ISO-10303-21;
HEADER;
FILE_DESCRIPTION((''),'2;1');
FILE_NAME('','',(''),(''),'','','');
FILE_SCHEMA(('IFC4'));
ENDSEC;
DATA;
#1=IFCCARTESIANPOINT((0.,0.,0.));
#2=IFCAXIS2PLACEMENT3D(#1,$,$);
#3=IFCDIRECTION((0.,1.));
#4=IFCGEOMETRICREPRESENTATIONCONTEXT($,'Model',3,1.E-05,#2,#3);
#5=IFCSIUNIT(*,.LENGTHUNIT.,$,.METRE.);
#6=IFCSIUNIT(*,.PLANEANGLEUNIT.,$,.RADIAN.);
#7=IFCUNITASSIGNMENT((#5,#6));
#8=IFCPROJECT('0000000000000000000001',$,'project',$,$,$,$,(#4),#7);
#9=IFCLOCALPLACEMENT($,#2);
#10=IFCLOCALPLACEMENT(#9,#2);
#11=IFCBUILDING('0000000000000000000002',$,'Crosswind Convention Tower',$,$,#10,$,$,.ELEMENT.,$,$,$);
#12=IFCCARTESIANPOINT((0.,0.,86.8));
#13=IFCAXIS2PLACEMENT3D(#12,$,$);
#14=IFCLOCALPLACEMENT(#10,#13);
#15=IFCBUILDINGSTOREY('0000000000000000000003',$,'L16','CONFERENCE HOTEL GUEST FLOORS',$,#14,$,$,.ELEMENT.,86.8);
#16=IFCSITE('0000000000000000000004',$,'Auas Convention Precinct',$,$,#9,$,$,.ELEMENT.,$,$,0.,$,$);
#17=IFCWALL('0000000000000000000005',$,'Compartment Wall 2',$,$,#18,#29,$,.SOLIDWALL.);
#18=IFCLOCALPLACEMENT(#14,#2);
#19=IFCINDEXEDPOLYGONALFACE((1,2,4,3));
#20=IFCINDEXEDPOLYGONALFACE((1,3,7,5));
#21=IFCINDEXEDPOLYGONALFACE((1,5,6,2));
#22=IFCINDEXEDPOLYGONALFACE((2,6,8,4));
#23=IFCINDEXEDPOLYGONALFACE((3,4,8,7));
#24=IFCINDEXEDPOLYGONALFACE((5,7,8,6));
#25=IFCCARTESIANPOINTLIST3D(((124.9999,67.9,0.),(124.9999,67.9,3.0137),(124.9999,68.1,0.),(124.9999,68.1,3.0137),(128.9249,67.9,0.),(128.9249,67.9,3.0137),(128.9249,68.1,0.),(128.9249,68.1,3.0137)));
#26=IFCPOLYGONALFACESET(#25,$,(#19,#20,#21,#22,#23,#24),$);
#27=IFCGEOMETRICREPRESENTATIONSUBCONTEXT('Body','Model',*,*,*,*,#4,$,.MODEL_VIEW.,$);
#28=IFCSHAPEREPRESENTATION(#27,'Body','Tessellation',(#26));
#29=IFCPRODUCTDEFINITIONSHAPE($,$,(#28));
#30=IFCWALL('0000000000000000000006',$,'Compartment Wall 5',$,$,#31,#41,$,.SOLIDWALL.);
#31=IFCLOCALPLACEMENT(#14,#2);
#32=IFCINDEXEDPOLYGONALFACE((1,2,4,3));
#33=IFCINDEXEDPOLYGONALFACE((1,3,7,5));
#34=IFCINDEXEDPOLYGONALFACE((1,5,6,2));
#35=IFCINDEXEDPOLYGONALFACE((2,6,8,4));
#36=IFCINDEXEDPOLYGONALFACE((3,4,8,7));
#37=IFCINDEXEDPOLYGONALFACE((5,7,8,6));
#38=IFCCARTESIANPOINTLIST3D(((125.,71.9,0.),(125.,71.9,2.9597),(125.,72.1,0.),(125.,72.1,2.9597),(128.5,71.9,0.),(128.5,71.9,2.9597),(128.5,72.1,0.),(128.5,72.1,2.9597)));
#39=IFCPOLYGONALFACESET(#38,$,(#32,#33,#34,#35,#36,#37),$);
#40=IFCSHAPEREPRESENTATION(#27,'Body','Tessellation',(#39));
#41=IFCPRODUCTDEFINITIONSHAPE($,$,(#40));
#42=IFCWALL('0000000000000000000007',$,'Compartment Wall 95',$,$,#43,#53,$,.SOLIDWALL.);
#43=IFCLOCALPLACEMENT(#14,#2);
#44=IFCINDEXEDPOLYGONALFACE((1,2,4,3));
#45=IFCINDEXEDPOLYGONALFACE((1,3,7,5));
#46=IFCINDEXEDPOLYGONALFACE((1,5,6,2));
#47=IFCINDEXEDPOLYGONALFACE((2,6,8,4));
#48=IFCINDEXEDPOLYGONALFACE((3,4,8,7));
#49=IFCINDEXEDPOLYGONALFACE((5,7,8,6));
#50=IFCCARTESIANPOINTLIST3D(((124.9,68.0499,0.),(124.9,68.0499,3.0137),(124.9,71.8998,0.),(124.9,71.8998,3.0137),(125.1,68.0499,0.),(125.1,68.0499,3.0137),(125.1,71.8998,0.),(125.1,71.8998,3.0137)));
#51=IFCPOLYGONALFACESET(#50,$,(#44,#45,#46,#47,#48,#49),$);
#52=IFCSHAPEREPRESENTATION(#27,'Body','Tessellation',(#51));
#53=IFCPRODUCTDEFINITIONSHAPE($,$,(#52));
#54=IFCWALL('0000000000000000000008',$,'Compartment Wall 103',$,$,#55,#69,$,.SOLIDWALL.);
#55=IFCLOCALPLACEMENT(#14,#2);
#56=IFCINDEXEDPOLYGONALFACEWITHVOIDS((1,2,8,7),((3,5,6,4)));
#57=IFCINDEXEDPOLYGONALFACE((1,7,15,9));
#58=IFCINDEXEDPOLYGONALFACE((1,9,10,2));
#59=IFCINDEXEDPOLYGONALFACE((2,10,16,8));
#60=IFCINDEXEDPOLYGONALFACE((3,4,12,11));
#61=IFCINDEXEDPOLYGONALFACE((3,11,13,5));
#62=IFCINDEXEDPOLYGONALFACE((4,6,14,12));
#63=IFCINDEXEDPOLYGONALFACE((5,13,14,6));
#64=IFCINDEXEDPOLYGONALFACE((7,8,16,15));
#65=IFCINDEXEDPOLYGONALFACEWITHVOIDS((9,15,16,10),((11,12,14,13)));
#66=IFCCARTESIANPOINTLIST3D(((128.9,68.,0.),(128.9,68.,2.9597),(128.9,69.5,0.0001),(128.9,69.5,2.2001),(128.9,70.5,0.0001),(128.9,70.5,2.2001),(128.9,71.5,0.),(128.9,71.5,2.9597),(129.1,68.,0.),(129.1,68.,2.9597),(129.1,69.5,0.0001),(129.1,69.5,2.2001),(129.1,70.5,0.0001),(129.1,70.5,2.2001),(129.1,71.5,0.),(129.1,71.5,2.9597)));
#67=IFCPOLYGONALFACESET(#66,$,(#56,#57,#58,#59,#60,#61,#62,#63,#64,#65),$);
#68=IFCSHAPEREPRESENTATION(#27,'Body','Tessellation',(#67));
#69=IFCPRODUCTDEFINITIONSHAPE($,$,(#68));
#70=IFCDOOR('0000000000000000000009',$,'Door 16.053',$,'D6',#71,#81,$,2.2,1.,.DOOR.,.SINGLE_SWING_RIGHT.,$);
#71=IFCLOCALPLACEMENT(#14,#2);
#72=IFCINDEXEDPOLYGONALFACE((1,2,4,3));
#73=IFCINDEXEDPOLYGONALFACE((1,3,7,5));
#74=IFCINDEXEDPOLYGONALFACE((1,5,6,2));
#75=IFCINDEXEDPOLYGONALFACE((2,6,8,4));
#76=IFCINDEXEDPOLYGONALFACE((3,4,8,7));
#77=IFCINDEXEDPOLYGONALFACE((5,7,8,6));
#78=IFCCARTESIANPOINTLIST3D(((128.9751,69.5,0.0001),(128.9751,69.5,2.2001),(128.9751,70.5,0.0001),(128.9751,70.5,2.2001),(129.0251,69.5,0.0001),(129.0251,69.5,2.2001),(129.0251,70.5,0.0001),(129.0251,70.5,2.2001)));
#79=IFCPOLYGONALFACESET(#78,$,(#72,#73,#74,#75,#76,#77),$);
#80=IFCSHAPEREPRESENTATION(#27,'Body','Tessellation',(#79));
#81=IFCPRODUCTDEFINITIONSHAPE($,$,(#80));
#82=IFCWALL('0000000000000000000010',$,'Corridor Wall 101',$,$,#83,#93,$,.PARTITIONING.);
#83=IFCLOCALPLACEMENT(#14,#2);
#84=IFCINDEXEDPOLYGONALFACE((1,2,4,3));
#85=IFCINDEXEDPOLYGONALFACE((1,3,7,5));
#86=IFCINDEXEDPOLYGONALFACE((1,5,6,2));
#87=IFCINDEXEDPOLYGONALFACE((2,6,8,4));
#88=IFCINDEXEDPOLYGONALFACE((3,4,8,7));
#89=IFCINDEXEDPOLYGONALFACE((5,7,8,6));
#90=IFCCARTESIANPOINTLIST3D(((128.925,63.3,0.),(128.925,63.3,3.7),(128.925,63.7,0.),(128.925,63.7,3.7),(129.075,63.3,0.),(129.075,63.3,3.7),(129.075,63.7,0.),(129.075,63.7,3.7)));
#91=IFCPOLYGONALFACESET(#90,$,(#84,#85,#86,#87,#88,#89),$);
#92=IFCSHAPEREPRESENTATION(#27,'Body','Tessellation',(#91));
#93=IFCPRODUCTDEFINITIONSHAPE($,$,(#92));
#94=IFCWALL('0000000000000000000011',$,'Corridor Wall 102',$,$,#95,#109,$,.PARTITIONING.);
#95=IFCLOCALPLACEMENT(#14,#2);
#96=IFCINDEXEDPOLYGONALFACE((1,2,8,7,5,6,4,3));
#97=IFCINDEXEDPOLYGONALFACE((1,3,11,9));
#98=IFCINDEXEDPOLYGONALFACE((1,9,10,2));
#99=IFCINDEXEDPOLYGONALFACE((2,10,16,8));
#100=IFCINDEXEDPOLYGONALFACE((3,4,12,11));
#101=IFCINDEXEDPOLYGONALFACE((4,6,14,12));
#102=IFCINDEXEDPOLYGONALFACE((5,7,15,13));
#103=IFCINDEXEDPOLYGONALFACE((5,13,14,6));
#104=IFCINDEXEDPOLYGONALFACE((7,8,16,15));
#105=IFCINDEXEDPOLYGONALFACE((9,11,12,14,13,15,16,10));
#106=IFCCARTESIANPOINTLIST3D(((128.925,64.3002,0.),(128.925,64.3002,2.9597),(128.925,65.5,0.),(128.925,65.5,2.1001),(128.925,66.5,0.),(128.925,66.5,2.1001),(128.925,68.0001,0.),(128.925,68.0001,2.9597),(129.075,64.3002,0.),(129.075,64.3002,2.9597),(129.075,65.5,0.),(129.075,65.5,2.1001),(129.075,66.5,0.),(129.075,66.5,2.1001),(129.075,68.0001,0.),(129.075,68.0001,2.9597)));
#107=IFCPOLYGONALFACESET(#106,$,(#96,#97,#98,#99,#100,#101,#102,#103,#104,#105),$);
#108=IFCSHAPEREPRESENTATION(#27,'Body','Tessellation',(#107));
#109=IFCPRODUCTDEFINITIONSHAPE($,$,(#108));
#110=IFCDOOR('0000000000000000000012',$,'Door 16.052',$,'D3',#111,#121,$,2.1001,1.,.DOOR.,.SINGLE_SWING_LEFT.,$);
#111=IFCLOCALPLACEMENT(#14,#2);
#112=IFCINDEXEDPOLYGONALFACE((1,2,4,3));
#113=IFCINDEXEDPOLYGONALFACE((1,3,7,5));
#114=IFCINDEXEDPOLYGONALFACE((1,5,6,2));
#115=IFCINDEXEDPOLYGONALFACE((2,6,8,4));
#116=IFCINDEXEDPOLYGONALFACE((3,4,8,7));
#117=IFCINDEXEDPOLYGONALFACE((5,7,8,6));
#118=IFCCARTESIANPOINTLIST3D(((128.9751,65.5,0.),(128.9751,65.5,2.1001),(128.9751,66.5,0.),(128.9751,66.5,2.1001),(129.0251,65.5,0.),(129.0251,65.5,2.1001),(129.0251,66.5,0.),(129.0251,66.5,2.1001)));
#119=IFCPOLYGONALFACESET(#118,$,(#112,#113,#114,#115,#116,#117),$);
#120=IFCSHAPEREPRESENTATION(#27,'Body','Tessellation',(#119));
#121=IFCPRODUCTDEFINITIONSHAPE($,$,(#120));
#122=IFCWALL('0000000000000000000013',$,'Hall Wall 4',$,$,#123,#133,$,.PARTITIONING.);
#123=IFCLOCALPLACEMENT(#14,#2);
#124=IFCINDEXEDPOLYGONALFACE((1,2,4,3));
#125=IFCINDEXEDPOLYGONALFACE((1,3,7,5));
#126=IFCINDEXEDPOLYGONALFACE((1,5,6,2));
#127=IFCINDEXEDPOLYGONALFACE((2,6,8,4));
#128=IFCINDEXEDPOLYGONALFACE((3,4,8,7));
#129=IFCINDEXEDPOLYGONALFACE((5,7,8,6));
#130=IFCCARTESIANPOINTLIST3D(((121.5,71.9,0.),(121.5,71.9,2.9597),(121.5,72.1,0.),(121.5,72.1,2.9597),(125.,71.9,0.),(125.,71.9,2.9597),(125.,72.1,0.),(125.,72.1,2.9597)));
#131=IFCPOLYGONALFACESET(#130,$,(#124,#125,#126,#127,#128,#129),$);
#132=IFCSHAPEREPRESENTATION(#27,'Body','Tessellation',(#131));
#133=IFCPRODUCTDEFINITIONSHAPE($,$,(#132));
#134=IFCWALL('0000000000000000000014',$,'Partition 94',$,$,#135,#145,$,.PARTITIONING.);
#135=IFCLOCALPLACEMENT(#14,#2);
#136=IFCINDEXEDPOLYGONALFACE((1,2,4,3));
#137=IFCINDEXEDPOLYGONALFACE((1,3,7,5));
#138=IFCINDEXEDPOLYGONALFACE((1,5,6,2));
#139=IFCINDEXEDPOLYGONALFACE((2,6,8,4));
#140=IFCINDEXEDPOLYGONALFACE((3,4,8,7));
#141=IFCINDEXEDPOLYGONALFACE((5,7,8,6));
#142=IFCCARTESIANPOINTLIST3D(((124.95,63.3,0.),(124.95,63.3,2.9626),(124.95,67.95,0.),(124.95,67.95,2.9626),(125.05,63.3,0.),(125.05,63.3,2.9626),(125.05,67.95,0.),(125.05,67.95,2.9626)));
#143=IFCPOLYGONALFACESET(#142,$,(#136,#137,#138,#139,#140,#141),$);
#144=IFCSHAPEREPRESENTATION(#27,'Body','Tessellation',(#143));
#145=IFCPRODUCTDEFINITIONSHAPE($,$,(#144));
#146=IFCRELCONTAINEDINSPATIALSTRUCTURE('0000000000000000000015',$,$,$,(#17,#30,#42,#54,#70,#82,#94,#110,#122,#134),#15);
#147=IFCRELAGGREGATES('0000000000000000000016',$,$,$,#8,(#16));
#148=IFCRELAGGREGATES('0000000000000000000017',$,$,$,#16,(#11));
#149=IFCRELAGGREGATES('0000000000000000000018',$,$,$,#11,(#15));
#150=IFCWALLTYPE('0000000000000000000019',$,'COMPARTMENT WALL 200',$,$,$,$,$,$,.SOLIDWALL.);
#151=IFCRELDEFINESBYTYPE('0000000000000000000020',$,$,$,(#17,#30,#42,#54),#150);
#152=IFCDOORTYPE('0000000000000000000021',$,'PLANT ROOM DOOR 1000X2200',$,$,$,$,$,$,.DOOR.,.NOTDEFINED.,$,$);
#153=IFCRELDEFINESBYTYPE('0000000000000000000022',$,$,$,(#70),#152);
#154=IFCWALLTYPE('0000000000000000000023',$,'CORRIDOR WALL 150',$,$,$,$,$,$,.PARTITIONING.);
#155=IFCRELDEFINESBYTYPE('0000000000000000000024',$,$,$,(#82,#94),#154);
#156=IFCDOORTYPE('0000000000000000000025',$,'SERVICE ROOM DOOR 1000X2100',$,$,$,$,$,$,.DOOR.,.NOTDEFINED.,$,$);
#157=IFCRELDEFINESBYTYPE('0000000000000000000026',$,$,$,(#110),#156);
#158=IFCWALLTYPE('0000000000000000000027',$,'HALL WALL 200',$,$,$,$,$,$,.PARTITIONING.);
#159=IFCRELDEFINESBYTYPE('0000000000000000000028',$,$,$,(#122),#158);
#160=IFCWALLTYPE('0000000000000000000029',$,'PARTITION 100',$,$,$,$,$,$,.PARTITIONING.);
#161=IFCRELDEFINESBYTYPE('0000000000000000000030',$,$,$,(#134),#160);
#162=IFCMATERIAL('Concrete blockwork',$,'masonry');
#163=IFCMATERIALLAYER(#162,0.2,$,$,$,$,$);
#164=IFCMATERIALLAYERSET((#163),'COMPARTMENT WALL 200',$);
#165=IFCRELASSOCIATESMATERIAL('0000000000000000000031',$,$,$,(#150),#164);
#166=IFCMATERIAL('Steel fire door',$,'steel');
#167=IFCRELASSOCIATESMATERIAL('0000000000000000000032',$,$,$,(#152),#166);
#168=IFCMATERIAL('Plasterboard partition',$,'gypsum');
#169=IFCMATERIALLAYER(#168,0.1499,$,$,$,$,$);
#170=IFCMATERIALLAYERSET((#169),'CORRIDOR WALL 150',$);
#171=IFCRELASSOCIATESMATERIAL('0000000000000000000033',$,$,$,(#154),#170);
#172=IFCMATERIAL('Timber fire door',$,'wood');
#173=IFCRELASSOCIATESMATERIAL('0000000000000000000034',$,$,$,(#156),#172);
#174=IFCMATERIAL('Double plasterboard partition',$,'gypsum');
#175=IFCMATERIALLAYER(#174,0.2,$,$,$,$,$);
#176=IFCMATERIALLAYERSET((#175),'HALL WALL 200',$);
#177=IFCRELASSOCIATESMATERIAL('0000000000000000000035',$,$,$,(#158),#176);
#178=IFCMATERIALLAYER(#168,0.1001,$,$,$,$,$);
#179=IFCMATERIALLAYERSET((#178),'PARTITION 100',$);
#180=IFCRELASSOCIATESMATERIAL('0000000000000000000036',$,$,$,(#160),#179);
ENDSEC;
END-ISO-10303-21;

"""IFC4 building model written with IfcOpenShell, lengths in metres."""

from ifc_helpers import new_model, si_unit, direction, frame, frame_2d, origin, place, context, subcontext, project, spatial, rectangle, extrude, material, layer, layer_set, type_object, element, fill, save


model = new_model("IFC4")

# Units and contexts
model_context = context("Model", 3, precision=1e-05, world=origin(), true_north=direction((0.0, 1.0)))
body_context = subcontext(model_context, "Body", "Model", "MODEL_VIEW")
ifc_project = project(units=[si_unit("LENGTHUNIT", "METRE"), si_unit("PLANEANGLEUNIT", "RADIAN")], contexts=[model_context])

# Site, building, storey
site_placement = place(None, origin())
site = spatial("IfcSite", under=ifc_project, at=site_placement, Name="Auas Convention Precinct", CompositionType="ELEMENT", RefElevation=0.0)
building_placement = place(site_placement, origin())
building = spatial("IfcBuilding", under=site, at=building_placement, Name="Crosswind Convention Tower", CompositionType="ELEMENT")
storey_placement = place(building_placement, frame((0.0, 0.0, 86.8)))
storey = spatial("IfcBuildingStorey", under=building, at=storey_placement, Name="L16", Description="CONFERENCE HOTEL GUEST FLOORS", CompositionType="ELEMENT", Elevation=86.8)

# Walls
ifc_material_1 = material(Name="Concrete blockwork", Category="masonry")
ifc_layer_1 = layer(ifc_material_1, 0.2)
ifc_layer_set_1 = layer_set([ifc_layer_1], Name="COMPARTMENT WALL 200")
wall_type_1 = type_object("IfcWallType", Name="COMPARTMENT WALL 200", PredefinedType="SOLIDWALL", material=ifc_layer_set_1)
wall_1_placement = place(storey_placement, frame((125.0, 68.0, 0.0), z_axis=(0.0, 0.0, 1.0), x_axis=(1.0, 0.0, 0.0)))
element("IfcWall", 1, at=wall_1_placement, inside=storey, type_object=wall_type_1, Name="Compartment Wall 2", PredefinedType="SOLIDWALL", context=body_context, shape_type="SweptSolid", body=[
    extrude(rectangle(XDim=3.925, YDim=0.2, at=frame_2d((1.9624, 0.0))), origin(), (0.0, 0.0, 1.0), 3.0137),
])
wall_2_placement = place(storey_placement, frame((125.0, 72.0, 0.0), z_axis=(0.0, 0.0, 1.0), x_axis=(1.0, 0.0, 0.0)))
element("IfcWall", 2, at=wall_2_placement, inside=storey, type_object=wall_type_1, Name="Compartment Wall 5", PredefinedType="SOLIDWALL", context=body_context, shape_type="SweptSolid", body=[
    extrude(rectangle(XDim=3.5, YDim=0.2, at=frame_2d((1.75, 0.0))), origin(), (0.0, 0.0, 1.0), 2.9597),
])
wall_3_placement = place(storey_placement, frame((125.0, 68.05, 0.0), z_axis=(0.0, 0.0, 1.0), x_axis=(0.0, 1.0, 0.0)))
element("IfcWall", 3, at=wall_3_placement, inside=storey, type_object=wall_type_1, Name="Compartment Wall 95", PredefinedType="SOLIDWALL", context=body_context, shape_type="SweptSolid", body=[
    extrude(rectangle(XDim=3.8499, YDim=0.2, at=frame_2d((1.9248, 0.0))), origin(), (0.0, 0.0, 1.0), 3.0137),
])

# Wall, opening, door
wall_4_placement = place(storey_placement, frame((129.0, 68.0, 0.0), z_axis=(0.0, 0.0, 1.0), x_axis=(0.0, 1.0, 0.0)))
wall_4 = element("IfcWall", 4, at=wall_4_placement, inside=storey, type_object=wall_type_1, Name="Compartment Wall 103", PredefinedType="SOLIDWALL", context=body_context, shape_type="SweptSolid", body=[
    extrude(rectangle(XDim=3.5, YDim=0.2, at=frame_2d((1.75, 0.0))), origin(), (0.0, 0.0, 1.0), 2.9597),
])
opening_1_placement = place(wall_4_placement, frame((1.5, 0.0, 0.0)))
opening_1 = element("IfcOpeningElement", 5, at=opening_1_placement, cuts=wall_4, PredefinedType="OPENING", context=body_context, shape_type="SweptSolid", body=[
    extrude(rectangle(XDim=1.0, YDim=2.2, at=frame_2d((0.5, 1.1001))), frame((0.0, 0.1099, 0.0), z_axis=(0.0, -1.0, 0.0), x_axis=(1.0, 0.0, 0.0)), (0.0, 0.0, 1.0), 0.22),
])
ifc_material_2 = material(Name="Steel fire door", Category="steel")
door_type_1 = type_object("IfcDoorType", Name="PLANT ROOM DOOR 1000X2200", OperationType="NOTDEFINED", PredefinedType="DOOR", material=ifc_material_2)
door_1_placement = place(opening_1_placement, origin())
door_1 = element("IfcDoor", 6, at=door_1_placement, inside=storey, type_object=door_type_1, Name="Door 16.053", ObjectType="D6", OperationType="SINGLE_SWING_RIGHT", OverallHeight=2.2, OverallWidth=1.0, PredefinedType="DOOR", context=body_context, shape_type="SweptSolid", body=[
    extrude(rectangle(XDim=1.0, YDim=2.2, at=frame_2d((0.5, 1.1001))), frame((0.0, 0.0249, 0.0), z_axis=(0.0, -1.0, 0.0), x_axis=(1.0, 0.0, 0.0)), (0.0, 0.0, 1.0), 0.05),
])
fill(opening_1, door_1)

# Wall
ifc_material_3 = material(Name="Plasterboard partition", Category="gypsum")
ifc_layer_2 = layer(ifc_material_3, 0.1499)
ifc_layer_set_2 = layer_set([ifc_layer_2], Name="CORRIDOR WALL 150")
wall_type_2 = type_object("IfcWallType", Name="CORRIDOR WALL 150", PredefinedType="PARTITIONING", material=ifc_layer_set_2)
wall_5_placement = place(storey_placement, frame((129.0, 63.3, 0.0), z_axis=(0.0, 0.0, 1.0), x_axis=(0.0, 1.0, 0.0)))
element("IfcWall", 7, at=wall_5_placement, inside=storey, type_object=wall_type_2, Name="Corridor Wall 101", PredefinedType="PARTITIONING", context=body_context, shape_type="SweptSolid", body=[
    extrude(rectangle(XDim=0.3999, YDim=0.1499, at=frame_2d((0.2, 0.0))), origin(), (0.0, 0.0, 1.0), 3.7),
])

# Wall, opening, door
wall_6_placement = place(storey_placement, frame((129.0, 64.3, 0.0), z_axis=(0.0, 0.0, 1.0), x_axis=(0.0, 1.0, 0.0)))
wall_6 = element("IfcWall", 8, at=wall_6_placement, inside=storey, type_object=wall_type_2, Name="Corridor Wall 102", PredefinedType="PARTITIONING", context=body_context, shape_type="SweptSolid", body=[
    extrude(rectangle(XDim=3.7, YDim=0.1499, at=frame_2d((1.8501, 0.0))), origin(), (0.0, 0.0, 1.0), 2.9597),
])
opening_2_placement = place(wall_6_placement, frame((1.2, 0.0, 0.0)))
opening_2 = element("IfcOpeningElement", 9, at=opening_2_placement, cuts=wall_6, PredefinedType="OPENING", context=body_context, shape_type="SweptSolid", body=[
    extrude(rectangle(XDim=1.0, YDim=2.1001, at=frame_2d((0.5, 1.05))), frame((0.0, 0.085, 0.0), z_axis=(0.0, -1.0, 0.0), x_axis=(1.0, 0.0, 0.0)), (0.0, 0.0, 1.0), 0.1699),
])
ifc_material_4 = material(Name="Timber fire door", Category="wood")
door_type_2 = type_object("IfcDoorType", Name="SERVICE ROOM DOOR 1000X2100", OperationType="NOTDEFINED", PredefinedType="DOOR", material=ifc_material_4)
door_2_placement = place(opening_2_placement, origin())
door_2 = element("IfcDoor", 10, at=door_2_placement, inside=storey, type_object=door_type_2, Name="Door 16.052", ObjectType="D3", OperationType="SINGLE_SWING_LEFT", OverallHeight=2.1001, OverallWidth=1.0, PredefinedType="DOOR", context=body_context, shape_type="SweptSolid", body=[
    extrude(rectangle(XDim=1.0, YDim=2.1001, at=frame_2d((0.5, 1.05))), frame((0.0, 0.0249, 0.0), z_axis=(0.0, -1.0, 0.0), x_axis=(1.0, 0.0, 0.0)), (0.0, 0.0, 1.0), 0.05),
])
fill(opening_2, door_2)

# Walls
ifc_material_5 = material(Name="Double plasterboard partition", Category="gypsum")
ifc_layer_3 = layer(ifc_material_5, 0.2)
ifc_layer_set_3 = layer_set([ifc_layer_3], Name="HALL WALL 200")
wall_type_3 = type_object("IfcWallType", Name="HALL WALL 200", PredefinedType="PARTITIONING", material=ifc_layer_set_3)
wall_7_placement = place(storey_placement, frame((121.5, 72.0, 0.0), z_axis=(0.0, 0.0, 1.0), x_axis=(1.0, 0.0, 0.0)))
element("IfcWall", 11, at=wall_7_placement, inside=storey, type_object=wall_type_3, Name="Hall Wall 4", PredefinedType="PARTITIONING", context=body_context, shape_type="SweptSolid", body=[
    extrude(rectangle(XDim=3.5, YDim=0.2, at=frame_2d((1.75, 0.0))), origin(), (0.0, 0.0, 1.0), 2.9597),
])
ifc_layer_4 = layer(ifc_material_3, 0.1001)
ifc_layer_set_4 = layer_set([ifc_layer_4], Name="PARTITION 100")
wall_type_4 = type_object("IfcWallType", Name="PARTITION 100", PredefinedType="PARTITIONING", material=ifc_layer_set_4)
wall_8_placement = place(storey_placement, frame((125.0, 63.3, 0.0), z_axis=(0.0, 0.0, 1.0), x_axis=(0.0, 1.0, 0.0)))
element("IfcWall", 12, at=wall_8_placement, inside=storey, type_object=wall_type_4, Name="Partition 94", PredefinedType="PARTITIONING", context=body_context, shape_type="SweptSolid", body=[
    extrude(rectangle(XDim=4.6499, YDim=0.1001, at=frame_2d((2.325, 0.0))), origin(), (0.0, 0.0, 1.0), 2.9626),
])

save(model, "model.ifc")
